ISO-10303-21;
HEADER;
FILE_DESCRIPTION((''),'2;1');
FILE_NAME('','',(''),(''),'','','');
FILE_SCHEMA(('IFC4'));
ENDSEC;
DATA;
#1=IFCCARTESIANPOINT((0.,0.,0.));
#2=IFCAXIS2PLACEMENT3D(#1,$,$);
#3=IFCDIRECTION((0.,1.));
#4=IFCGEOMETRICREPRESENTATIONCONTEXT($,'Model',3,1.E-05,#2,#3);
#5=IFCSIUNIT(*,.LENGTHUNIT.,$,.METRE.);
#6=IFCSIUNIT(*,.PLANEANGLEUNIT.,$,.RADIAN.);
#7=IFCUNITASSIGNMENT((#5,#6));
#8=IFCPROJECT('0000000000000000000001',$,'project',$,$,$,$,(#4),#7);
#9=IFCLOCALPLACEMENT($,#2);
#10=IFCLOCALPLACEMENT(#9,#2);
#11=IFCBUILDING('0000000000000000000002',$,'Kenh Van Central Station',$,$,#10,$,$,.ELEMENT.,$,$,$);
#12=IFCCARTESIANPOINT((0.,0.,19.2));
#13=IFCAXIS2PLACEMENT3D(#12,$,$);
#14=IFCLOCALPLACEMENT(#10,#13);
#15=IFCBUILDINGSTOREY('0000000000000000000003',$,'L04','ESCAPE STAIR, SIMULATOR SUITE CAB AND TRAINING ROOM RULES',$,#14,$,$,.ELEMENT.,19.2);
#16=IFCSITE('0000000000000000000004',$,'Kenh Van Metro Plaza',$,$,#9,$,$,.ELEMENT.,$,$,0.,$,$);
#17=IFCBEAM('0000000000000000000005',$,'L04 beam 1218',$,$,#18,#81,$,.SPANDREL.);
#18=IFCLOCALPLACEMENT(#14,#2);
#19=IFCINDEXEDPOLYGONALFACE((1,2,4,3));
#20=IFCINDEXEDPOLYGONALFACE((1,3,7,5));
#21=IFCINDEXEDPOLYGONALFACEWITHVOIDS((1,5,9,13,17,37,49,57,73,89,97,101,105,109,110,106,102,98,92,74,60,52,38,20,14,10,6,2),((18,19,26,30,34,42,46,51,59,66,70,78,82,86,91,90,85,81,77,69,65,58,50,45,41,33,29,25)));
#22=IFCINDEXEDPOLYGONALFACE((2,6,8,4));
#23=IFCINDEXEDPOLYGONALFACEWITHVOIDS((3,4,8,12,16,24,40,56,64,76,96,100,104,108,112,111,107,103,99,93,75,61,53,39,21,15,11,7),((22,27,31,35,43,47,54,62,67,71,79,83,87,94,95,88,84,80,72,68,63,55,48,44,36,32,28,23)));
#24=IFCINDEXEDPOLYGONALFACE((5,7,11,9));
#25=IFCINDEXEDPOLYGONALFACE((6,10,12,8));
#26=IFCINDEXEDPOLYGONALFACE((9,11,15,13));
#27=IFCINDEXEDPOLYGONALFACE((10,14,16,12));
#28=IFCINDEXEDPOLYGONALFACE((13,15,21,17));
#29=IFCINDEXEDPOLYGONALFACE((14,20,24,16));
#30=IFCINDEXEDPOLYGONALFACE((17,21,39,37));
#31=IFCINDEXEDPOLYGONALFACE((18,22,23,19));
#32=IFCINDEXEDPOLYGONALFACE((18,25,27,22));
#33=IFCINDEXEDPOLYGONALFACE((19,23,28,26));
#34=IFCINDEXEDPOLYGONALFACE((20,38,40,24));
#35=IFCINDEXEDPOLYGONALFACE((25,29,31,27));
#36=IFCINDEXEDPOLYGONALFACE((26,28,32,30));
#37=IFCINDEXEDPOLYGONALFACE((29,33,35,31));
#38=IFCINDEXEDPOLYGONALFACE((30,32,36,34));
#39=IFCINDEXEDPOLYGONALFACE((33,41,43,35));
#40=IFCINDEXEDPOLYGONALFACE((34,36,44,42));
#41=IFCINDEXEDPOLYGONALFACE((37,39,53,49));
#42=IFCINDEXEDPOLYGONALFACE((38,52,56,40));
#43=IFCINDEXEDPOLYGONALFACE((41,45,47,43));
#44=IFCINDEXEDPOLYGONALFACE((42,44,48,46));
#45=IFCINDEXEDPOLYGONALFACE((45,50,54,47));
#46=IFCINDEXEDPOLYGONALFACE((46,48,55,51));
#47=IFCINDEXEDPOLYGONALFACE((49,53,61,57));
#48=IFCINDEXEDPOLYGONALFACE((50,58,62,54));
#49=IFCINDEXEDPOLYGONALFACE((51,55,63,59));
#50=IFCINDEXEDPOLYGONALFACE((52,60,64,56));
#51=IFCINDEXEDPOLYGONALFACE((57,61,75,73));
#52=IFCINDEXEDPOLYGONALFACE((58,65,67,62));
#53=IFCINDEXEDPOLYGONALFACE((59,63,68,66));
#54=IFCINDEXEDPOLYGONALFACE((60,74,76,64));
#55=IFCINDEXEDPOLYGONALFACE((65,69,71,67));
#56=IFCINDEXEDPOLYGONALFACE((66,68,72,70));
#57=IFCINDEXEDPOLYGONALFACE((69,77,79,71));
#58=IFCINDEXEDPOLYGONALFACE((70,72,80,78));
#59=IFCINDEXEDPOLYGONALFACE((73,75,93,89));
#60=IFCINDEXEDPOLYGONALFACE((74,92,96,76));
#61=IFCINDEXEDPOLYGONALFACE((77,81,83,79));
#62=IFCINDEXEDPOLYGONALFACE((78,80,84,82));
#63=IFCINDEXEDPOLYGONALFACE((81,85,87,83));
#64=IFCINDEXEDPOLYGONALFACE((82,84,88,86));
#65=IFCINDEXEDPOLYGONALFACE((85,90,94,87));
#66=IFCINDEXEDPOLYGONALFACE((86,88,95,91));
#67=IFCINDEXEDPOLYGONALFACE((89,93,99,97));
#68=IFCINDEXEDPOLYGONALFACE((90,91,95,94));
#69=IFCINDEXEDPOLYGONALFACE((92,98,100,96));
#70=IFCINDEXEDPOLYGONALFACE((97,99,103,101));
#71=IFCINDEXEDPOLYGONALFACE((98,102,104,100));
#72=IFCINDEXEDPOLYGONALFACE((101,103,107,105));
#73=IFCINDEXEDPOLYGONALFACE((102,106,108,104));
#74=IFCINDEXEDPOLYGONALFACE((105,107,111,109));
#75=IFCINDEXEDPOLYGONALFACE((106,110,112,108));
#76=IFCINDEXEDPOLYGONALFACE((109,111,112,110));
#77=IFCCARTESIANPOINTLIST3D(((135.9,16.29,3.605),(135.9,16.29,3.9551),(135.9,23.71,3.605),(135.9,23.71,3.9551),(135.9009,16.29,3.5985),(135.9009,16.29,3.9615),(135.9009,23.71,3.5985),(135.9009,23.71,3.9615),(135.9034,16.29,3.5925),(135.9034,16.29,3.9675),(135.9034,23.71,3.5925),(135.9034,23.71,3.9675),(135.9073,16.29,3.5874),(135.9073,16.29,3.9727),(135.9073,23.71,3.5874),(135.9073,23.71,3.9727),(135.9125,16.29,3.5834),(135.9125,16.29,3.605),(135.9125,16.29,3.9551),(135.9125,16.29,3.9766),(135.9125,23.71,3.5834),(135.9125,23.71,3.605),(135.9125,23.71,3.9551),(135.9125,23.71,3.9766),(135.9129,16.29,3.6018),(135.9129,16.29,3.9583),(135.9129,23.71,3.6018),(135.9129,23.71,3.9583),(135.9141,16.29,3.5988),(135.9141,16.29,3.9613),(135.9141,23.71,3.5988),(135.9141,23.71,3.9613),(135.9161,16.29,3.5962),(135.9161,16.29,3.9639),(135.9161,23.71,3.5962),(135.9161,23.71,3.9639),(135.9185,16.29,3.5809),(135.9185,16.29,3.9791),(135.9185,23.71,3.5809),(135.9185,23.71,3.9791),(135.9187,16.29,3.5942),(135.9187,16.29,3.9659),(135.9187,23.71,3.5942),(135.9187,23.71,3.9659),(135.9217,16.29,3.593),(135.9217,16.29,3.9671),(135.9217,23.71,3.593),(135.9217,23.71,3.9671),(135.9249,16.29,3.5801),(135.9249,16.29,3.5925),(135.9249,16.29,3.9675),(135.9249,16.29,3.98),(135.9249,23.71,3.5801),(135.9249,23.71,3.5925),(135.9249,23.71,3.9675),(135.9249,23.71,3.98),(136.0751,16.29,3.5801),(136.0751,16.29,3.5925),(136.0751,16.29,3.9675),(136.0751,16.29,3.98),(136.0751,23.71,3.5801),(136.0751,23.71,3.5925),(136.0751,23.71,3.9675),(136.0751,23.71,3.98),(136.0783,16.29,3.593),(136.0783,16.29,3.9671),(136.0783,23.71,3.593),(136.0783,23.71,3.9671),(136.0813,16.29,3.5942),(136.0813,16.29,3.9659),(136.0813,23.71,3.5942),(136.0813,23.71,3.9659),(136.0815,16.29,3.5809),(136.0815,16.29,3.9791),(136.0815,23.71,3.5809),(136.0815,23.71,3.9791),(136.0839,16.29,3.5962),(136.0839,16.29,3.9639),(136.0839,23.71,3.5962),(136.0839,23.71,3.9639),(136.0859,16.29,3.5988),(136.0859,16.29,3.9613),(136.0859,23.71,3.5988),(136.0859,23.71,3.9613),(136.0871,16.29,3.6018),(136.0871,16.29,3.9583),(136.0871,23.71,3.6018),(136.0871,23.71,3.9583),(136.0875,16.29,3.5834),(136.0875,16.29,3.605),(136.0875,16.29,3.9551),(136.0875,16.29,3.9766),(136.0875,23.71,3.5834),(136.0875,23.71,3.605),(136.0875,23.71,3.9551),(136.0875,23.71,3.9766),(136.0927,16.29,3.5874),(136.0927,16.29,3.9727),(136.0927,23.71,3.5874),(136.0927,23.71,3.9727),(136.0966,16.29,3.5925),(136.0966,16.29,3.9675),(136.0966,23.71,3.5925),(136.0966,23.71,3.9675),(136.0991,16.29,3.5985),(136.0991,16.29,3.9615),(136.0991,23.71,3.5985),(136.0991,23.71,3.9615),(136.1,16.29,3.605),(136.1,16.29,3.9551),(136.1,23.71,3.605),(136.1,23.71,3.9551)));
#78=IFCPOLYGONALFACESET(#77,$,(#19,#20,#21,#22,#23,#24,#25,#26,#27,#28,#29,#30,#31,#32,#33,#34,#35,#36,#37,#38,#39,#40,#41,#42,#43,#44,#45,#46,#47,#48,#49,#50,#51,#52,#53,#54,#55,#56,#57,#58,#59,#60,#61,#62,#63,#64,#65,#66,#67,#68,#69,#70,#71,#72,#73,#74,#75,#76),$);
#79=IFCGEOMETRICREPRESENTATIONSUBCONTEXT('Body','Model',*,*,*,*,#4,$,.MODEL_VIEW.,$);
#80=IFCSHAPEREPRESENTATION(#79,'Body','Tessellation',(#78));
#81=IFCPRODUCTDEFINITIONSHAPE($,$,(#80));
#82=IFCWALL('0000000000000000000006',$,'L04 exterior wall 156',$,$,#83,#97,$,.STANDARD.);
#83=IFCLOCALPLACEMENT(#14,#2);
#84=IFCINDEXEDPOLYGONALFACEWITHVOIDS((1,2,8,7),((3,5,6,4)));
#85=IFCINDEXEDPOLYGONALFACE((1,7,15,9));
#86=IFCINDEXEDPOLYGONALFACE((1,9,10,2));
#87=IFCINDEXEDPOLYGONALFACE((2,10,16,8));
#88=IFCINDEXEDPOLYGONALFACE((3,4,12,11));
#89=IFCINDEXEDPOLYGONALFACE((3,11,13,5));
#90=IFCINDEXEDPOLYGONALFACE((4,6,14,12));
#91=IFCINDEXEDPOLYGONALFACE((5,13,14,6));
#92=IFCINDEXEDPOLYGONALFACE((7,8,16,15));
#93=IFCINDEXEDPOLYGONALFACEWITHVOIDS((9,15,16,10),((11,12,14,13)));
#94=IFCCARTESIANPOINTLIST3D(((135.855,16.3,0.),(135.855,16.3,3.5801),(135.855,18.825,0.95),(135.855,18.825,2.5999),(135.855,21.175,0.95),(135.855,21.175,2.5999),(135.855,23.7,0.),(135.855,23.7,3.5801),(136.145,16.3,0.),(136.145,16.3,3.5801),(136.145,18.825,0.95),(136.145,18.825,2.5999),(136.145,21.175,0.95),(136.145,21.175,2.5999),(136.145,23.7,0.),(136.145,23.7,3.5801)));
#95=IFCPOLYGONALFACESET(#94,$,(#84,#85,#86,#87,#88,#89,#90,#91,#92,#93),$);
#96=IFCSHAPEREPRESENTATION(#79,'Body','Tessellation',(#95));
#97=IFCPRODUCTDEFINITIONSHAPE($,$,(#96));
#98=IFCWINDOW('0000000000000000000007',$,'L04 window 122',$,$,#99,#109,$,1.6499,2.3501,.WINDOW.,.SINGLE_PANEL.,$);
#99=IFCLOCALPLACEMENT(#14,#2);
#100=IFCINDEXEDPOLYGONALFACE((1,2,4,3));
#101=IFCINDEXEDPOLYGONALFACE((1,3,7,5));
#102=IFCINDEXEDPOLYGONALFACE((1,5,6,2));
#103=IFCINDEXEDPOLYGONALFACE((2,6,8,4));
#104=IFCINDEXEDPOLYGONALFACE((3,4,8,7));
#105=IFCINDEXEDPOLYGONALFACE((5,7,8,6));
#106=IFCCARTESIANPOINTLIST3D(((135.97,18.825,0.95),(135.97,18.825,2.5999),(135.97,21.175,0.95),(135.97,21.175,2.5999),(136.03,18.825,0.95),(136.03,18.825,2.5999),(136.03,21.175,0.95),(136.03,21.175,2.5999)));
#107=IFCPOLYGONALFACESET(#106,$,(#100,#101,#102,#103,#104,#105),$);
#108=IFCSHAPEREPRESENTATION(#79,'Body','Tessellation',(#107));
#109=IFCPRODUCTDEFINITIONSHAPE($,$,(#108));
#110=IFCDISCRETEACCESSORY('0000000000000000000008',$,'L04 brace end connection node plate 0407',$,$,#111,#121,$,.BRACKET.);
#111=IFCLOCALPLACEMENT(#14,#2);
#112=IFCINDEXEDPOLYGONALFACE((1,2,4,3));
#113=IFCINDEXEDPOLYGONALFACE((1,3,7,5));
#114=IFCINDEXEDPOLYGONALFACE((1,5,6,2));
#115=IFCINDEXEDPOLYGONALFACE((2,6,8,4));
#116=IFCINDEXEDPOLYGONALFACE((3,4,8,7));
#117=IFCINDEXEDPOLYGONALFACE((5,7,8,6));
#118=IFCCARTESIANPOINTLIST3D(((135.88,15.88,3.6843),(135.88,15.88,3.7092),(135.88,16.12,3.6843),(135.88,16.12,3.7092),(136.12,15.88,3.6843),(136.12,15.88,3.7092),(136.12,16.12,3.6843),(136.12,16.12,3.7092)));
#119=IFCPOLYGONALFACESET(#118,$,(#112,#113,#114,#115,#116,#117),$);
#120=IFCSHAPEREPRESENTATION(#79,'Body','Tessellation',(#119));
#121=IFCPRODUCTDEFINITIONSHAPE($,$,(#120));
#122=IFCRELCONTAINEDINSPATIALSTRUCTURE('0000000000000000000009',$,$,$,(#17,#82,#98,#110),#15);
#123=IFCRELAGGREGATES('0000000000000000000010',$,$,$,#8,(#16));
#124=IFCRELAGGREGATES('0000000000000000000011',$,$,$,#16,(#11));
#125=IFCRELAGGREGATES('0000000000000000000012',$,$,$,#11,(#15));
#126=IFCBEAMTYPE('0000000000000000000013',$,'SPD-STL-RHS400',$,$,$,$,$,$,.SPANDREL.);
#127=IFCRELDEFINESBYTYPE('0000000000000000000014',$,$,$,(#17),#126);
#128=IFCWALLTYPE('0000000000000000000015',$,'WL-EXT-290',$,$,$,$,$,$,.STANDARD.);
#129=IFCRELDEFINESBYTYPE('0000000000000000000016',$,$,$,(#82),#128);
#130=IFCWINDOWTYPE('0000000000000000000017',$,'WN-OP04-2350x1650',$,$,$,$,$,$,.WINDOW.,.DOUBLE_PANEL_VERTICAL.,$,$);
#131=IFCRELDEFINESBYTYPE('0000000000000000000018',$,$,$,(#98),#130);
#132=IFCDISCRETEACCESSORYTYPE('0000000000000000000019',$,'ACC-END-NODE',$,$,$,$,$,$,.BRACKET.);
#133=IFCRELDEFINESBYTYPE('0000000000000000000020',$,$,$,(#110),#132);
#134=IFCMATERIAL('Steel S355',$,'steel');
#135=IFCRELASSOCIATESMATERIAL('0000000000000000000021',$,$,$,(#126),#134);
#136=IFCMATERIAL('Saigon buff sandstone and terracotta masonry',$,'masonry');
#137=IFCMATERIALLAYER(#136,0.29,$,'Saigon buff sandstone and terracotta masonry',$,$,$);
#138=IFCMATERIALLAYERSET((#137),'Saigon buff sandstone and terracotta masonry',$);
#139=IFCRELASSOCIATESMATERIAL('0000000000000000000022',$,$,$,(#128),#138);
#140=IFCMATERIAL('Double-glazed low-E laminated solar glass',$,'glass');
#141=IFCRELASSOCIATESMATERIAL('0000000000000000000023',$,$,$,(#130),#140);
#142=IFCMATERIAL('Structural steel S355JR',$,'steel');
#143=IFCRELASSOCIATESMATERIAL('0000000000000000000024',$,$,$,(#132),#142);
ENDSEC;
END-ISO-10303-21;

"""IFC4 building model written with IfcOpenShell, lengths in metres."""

from ifc_helpers import new_model, si_unit, direction, frame, frame_2d, origin, origin_2d, place, context, subcontext, project, spatial, rectangle, hollow_rectangle, extrude, material, layer, layer_set, material_profile, profile_set, type_object, element, fill, save


model = new_model("IFC4")

# Units and contexts
model_context = context("Model", 3, precision=1e-05, world=origin(), true_north=direction((0.0, 1.0)))
body_context = subcontext(model_context, "Body", "Model", "MODEL_VIEW")
ifc_project = project(units=[si_unit("LENGTHUNIT", "METRE"), si_unit("PLANEANGLEUNIT", "RADIAN")], contexts=[model_context])

# Site, building, storey
site_placement = place(None, origin())
site = spatial("IfcSite", under=ifc_project, at=site_placement, Name="Kenh Van Metro Plaza", CompositionType="ELEMENT", RefElevation=0.0)
building_placement = place(site_placement, origin())
building = spatial("IfcBuilding", under=site, at=building_placement, Name="Kenh Van Central Station", CompositionType="ELEMENT")
storey_placement = place(building_placement, frame((0.0, 0.0, 19.2)))
storey = spatial("IfcBuildingStorey", under=building, at=storey_placement, Name="L04", Description="ESCAPE STAIR, SIMULATOR SUITE CAB AND TRAINING ROOM RULES", CompositionType="ELEMENT", Elevation=19.2)

# Shared definitions
ifc_material_1 = material(Name="Steel S355", Category="steel")

# Beam
ifc_material_profile_1 = material_profile(ifc_material_1, hollow_rectangle(XDim=0.2, YDim=0.3999, WallThickness=0.0125, InnerFilletRadius=0.0125, OuterFilletRadius=0.0249, at=origin_2d()), Name="RHS 400x200x12.5")
ifc_profile_set_1 = profile_set([ifc_material_profile_1], Name="Steel S355")
beam_type_1 = type_object("IfcBeamType", Name="SPD-STL-RHS400", PredefinedType="SPANDREL", material=ifc_profile_set_1)
beam_placement = place(storey_placement, frame((136.0, 16.29, 3.78), z_axis=(0.0, 1.0, 0.0), x_axis=(-1.0, 0.0, 0.0)))
element("IfcBeam", 1, at=beam_placement, inside=storey, type_object=beam_type_1, Name="L04 beam 1218", PredefinedType="SPANDREL", context=body_context, shape_type="SweptSolid", body=[
    extrude(hollow_rectangle(XDim=0.2, YDim=0.3999, WallThickness=0.0125, InnerFilletRadius=0.0125, OuterFilletRadius=0.0249, at=origin_2d()), origin(), (0.0, 0.0, 1.0), 7.4199),
])

# Wall, opening, window
ifc_material_2 = material(Name="Saigon buff sandstone and terracotta masonry", Category="masonry")
ifc_layer = layer(ifc_material_2, 0.29, Name="Saigon buff sandstone and terracotta masonry")
ifc_layer_set = layer_set([ifc_layer], Name="Saigon buff sandstone and terracotta masonry")
wall_type = type_object("IfcWallType", Name="WL-EXT-290", PredefinedType="STANDARD", material=ifc_layer_set)
wall_placement = place(storey_placement, frame((136.0, 23.7, 0.0), z_axis=(0.0, 0.0, 1.0), x_axis=(0.0, -1.0, 0.0)))
wall = element("IfcWall", 2, at=wall_placement, inside=storey, type_object=wall_type, Name="L04 exterior wall 156", PredefinedType="STANDARD", context=body_context, shape_type="SweptSolid", body=[
    extrude(rectangle(XDim=7.3999, YDim=0.29, at=frame_2d((3.7, 0.0))), origin(), (0.0, 0.0, 1.0), 3.5801),
])
opening_placement = place(wall_placement, frame((2.5249, 0.0, 0.95)))
opening = element("IfcOpeningElement", 3, at=opening_placement, cuts=wall, PredefinedType="OPENING", context=body_context, shape_type="SweptSolid", body=[
    extrude(rectangle(XDim=2.3501, YDim=1.6499, at=frame_2d((1.175, 0.825))), frame((0.0, 0.155, 0.0), z_axis=(0.0, -1.0, 0.0), x_axis=(1.0, 0.0, 0.0)), (0.0, 0.0, 1.0), 0.3101),
])
ifc_material_3 = material(Name="Double-glazed low-E laminated solar glass", Category="glass")
window_type = type_object("IfcWindowType", Name="WN-OP04-2350x1650", PartitioningType="DOUBLE_PANEL_VERTICAL", PredefinedType="WINDOW", material=ifc_material_3)
window_placement = place(opening_placement, origin())
window = element("IfcWindow", 4, at=window_placement, inside=storey, type_object=window_type, Name="L04 window 122", OverallHeight=1.6499, OverallWidth=2.3501, PartitioningType="SINGLE_PANEL", PredefinedType="WINDOW", context=body_context, shape_type="SweptSolid", body=[
    extrude(rectangle(XDim=2.3501, YDim=1.6499, at=frame_2d((1.175, 0.825))), frame((0.0, 0.03, 0.0), z_axis=(0.0, -1.0, 0.0), x_axis=(1.0, 0.0, 0.0)), (0.0, 0.0, 1.0), 0.0601),
])
fill(opening, window)

# Discrete accessory
ifc_material_4 = material(Name="Structural steel S355JR", Category="steel")
discrete_accessory_type = type_object("IfcDiscreteAccessoryType", Name="ACC-END-NODE", PredefinedType="BRACKET", material=ifc_material_4)
discrete_accessory_placement = place(storey_placement, frame((136.0, 16.0, 3.6843), z_axis=(0.0, 0.0, 1.0), x_axis=(1.0, 0.0, 0.0)))
element("IfcDiscreteAccessory", 5, at=discrete_accessory_placement, inside=storey, type_object=discrete_accessory_type, Name="L04 brace end connection node plate 0407", PredefinedType="BRACKET", context=body_context, shape_type="SweptSolid", body=[
    extrude(rectangle(XDim=0.24, YDim=0.24, at=origin_2d()), origin(), (0.0, 0.0, 1.0), 0.0249),
])

save(model, "model.ifc")
